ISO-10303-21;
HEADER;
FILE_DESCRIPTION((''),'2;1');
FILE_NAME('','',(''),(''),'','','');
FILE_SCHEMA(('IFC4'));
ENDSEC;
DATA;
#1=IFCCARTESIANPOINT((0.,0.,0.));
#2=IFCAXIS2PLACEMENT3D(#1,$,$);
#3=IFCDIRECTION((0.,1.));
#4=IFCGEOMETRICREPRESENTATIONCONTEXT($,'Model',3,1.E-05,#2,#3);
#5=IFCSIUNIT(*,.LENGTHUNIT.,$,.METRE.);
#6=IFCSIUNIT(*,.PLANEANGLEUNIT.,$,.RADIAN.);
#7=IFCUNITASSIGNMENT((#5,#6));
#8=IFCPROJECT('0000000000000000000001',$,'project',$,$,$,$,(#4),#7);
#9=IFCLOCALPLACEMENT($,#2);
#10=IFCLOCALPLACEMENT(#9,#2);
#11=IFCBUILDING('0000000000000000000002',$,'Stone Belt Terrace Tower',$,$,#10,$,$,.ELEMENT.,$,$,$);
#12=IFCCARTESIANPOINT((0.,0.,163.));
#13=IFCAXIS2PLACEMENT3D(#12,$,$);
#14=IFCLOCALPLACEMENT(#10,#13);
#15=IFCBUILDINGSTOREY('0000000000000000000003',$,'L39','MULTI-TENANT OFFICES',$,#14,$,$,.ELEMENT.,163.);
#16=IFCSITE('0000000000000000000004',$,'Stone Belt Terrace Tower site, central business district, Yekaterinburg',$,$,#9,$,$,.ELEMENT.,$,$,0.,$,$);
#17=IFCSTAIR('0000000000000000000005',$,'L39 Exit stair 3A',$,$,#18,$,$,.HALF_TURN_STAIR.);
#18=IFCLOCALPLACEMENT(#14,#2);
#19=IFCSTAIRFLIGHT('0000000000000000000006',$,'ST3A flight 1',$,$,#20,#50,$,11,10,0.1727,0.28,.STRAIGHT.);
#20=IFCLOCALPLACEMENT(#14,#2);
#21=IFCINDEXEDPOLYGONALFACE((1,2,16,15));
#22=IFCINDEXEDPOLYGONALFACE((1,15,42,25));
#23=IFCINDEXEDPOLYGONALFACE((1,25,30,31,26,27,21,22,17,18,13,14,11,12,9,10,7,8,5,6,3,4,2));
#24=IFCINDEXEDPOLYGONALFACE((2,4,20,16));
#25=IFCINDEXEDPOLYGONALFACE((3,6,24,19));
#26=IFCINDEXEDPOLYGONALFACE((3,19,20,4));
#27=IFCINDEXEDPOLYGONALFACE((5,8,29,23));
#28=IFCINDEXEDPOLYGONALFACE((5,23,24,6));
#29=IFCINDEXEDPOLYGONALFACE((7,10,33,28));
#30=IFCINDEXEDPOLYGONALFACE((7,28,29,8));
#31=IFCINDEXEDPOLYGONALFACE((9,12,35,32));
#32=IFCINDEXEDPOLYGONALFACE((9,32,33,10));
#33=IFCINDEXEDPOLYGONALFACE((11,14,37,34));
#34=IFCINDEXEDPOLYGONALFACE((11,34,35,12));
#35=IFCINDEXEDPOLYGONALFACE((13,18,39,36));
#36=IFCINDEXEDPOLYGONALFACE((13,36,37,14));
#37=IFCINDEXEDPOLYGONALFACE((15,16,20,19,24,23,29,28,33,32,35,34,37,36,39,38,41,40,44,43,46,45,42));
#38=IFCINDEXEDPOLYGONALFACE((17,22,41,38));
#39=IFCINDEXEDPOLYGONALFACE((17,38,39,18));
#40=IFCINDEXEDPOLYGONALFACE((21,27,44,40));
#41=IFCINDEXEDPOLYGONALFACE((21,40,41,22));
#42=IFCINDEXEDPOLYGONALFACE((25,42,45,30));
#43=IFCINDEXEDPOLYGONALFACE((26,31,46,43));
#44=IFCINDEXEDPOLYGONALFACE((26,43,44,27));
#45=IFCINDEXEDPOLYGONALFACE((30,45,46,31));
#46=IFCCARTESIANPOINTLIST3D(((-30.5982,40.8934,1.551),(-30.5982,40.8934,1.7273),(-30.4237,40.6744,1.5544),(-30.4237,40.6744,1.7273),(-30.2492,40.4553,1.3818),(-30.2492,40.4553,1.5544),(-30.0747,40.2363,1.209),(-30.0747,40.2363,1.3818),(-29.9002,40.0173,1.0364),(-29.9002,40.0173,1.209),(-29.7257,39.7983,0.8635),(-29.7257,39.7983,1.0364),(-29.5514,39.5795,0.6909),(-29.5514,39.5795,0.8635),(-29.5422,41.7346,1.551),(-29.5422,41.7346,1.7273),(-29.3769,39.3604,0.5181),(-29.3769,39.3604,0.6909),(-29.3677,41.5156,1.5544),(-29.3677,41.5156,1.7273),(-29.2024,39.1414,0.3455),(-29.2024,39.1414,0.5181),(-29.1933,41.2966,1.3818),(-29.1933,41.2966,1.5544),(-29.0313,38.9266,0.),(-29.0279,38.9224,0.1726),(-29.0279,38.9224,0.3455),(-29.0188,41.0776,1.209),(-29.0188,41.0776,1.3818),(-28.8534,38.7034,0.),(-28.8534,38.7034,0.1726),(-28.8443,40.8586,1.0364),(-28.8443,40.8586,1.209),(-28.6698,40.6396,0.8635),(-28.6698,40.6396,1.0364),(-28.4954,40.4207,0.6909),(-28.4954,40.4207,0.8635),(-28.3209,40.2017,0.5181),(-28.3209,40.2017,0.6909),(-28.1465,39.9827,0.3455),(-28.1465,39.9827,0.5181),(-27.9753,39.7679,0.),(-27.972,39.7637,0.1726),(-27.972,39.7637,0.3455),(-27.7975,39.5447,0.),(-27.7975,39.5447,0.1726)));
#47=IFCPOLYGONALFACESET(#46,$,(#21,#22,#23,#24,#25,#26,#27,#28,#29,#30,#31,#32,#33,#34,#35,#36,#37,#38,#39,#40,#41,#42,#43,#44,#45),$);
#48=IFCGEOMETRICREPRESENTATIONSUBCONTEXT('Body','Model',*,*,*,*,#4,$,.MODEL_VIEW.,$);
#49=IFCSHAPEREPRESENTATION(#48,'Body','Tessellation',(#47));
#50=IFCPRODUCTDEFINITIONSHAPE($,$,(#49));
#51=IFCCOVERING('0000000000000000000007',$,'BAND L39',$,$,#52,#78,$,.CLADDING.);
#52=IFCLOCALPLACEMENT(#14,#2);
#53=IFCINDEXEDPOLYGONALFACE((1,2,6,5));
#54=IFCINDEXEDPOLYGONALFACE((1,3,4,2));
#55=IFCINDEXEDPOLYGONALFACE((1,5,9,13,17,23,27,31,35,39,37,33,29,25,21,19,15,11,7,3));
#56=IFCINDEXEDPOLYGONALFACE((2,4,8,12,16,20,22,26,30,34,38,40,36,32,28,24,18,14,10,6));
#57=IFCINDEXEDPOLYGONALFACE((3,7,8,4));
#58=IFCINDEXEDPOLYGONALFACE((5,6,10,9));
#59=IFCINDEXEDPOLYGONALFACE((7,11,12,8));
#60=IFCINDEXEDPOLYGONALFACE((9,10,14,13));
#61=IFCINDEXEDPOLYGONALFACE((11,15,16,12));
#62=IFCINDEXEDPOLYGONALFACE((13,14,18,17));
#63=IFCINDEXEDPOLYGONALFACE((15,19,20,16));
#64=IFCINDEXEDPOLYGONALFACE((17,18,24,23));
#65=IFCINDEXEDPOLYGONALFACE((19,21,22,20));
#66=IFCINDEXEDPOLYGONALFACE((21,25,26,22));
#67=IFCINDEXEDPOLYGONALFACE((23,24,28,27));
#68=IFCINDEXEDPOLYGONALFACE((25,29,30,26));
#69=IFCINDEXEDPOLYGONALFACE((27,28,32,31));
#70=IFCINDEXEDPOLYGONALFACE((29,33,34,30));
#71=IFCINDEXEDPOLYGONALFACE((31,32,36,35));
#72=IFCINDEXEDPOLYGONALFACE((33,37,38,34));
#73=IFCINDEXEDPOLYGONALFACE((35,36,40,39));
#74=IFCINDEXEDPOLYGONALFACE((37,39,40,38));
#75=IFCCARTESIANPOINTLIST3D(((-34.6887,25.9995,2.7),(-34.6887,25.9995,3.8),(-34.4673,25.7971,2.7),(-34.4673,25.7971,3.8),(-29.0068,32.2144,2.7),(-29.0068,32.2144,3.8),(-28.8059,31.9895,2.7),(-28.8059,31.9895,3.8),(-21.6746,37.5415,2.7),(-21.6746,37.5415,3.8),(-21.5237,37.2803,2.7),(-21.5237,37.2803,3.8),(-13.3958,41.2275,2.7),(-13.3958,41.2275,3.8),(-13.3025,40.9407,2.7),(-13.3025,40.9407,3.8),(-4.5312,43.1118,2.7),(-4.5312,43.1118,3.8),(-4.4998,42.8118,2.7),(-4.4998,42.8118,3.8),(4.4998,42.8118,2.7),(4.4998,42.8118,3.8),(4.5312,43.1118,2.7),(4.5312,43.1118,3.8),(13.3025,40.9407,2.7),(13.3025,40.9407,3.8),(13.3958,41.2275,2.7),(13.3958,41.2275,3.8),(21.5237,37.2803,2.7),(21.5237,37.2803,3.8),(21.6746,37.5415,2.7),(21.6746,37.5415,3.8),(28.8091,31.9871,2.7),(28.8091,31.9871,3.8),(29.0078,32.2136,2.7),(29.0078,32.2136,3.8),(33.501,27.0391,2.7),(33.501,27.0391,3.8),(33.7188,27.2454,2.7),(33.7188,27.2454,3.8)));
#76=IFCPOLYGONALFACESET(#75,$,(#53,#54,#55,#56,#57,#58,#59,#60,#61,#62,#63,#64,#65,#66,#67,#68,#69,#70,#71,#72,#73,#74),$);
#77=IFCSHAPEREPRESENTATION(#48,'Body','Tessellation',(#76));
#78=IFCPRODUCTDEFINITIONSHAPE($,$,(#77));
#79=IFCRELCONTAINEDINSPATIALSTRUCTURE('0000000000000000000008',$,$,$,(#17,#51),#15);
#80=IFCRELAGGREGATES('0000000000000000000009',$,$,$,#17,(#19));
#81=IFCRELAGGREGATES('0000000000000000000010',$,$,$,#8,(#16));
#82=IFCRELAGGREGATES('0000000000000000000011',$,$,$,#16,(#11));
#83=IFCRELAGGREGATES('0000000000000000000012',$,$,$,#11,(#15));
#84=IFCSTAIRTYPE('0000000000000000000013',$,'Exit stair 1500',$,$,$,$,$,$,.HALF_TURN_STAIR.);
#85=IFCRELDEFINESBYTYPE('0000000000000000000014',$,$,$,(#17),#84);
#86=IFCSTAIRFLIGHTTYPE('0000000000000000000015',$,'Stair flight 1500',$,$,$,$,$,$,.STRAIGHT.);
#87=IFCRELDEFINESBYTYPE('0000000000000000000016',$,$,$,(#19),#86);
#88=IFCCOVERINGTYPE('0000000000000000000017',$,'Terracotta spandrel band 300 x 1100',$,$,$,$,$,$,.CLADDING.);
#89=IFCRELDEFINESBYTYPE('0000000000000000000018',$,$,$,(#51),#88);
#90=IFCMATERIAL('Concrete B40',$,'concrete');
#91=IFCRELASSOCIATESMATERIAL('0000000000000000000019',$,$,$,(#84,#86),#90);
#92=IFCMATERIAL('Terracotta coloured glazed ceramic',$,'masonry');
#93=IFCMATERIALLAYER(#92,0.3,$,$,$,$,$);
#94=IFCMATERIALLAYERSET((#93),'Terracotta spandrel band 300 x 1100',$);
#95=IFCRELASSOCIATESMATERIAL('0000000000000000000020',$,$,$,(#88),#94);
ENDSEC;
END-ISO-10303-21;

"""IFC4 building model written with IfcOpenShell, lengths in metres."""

from ifc_helpers import new_model, si_unit, direction, frame, origin, place, context, subcontext, project, spatial, polyline, outline, extrude, material, layer, layer_set, type_object, element, aggregate, save


model = new_model("IFC4")

# Units and contexts
model_context = context("Model", 3, precision=1e-05, world=origin(), true_north=direction((0.0, 1.0)))
body_context = subcontext(model_context, "Body", "Model", "MODEL_VIEW")
ifc_project = project(units=[si_unit("LENGTHUNIT", "METRE"), si_unit("PLANEANGLEUNIT", "RADIAN")], contexts=[model_context])

# Site, building, storey
site_placement = place(None, origin())
site = spatial("IfcSite", under=ifc_project, at=site_placement, Name="Stone Belt Terrace Tower site, central business district, Yekaterinburg", CompositionType="ELEMENT", RefElevation=0.0)
building_placement = place(site_placement, origin())
building = spatial("IfcBuilding", under=site, at=building_placement, Name="Stone Belt Terrace Tower", CompositionType="ELEMENT")
storey_placement = place(building_placement, frame((0.0, 0.0, 163.0)))
storey = spatial("IfcBuildingStorey", under=building, at=storey_placement, Name="L39", Description="MULTI-TENANT OFFICES", CompositionType="ELEMENT", Elevation=163.0)

# Shared definitions
ifc_material_1 = material(Name="Concrete B40", Category="concrete")

# Stair, stair flight
stair_type = type_object("IfcStairType", Name="Exit stair 1500", PredefinedType="HALF_TURN_STAIR", material=ifc_material_1)
stair_placement = place(storey_placement, origin())
stair = element("IfcStair", 1, at=stair_placement, inside=storey, type_object=stair_type, Name="L39 Exit stair 3A", PredefinedType="HALF_TURN_STAIR")
stair_flight_type = type_object("IfcStairFlightType", Name="Stair flight 1500", PredefinedType="STRAIGHT", material=ifc_material_1)
stair_flight_placement = place(storey_placement, frame((-28.3254, 39.124, 0.0), z_axis=(0.0, 0.0, 1.0), x_axis=(-0.623121, 0.782125, 0.0)))
stair_flight = element("IfcStairFlight", 2, at=stair_flight_placement, type_object=stair_flight_type, Name="ST3A flight 1", NumberOfRisers=11, NumberOfTreads=10, PredefinedType="STRAIGHT", RiserHeight=0.1727, TreadLength=0.28, context=body_context, shape_type="SweptSolid", body=[
    extrude(outline(polyline([(0.0, 0.0), (0.0, 0.1726), (0.28, 0.1726), (0.28, 0.3455), (0.5601, 0.3455), (0.5601, 0.5181), (0.8401, 0.5181), (0.8401, 0.6909), (1.1201, 0.6909), (1.1201, 0.8635), (1.3999, 0.8635), (1.3999, 1.0364), (1.6799, 1.0364), (1.6799, 1.209), (1.96, 1.209), (1.96, 1.3818), (2.24, 1.3818), (2.24, 1.5544), (2.52, 1.5544), (2.52, 1.7273), (2.8, 1.7273), (2.8, 1.8999), (2.8, 1.551), (0.2854, 0.0), (0.0, 0.0)])), frame((0.0, 0.675, 0.0), z_axis=(0.0, -1.0, 0.0), x_axis=(1.0, 0.0, 0.0)), (0.0, 0.0, 1.0), 1.3501),
])
aggregate(stair, [stair_flight])

# Covering
ifc_material_2 = material(Name="Terracotta coloured glazed ceramic", Category="masonry")
ifc_layer_1 = layer(ifc_material_2, 0.3)
ifc_layer_set_1 = layer_set([ifc_layer_1], Name="Terracotta spandrel band 300 x 1100")
covering_type = type_object("IfcCoveringType", Name="Terracotta spandrel band 300 x 1100", PredefinedType="CLADDING", material=ifc_layer_set_1)
covering_placement = place(storey_placement, frame((0.0, 0.0, 2.7)))
element("IfcCovering", 3, at=covering_placement, inside=storey, type_object=covering_type, Name="BAND L39", PredefinedType="CLADDING", context=body_context, shape_type="SweptSolid", body=[
    extrude(outline(polyline([(-34.6887, 25.9995), (-29.0068, 32.2144), (-21.6746, 37.5415), (-13.3958, 41.2275), (-4.5312, 43.1118), (4.5312, 43.1118), (13.3958, 41.2275), (21.6746, 37.5415), (29.0078, 32.2136), (33.7188, 27.2454), (33.501, 27.0391), (28.8091, 31.9871), (21.5237, 37.2803), (13.3025, 40.9407), (4.4998, 42.8118), (-4.4998, 42.8118), (-13.3025, 40.9407), (-21.5237, 37.2803), (-28.8059, 31.9895), (-34.4673, 25.7971), (-34.6887, 25.9995)])), origin(), (0.0, 0.0, 1.0), 1.1001),
])

save(model, "model.ifc")
